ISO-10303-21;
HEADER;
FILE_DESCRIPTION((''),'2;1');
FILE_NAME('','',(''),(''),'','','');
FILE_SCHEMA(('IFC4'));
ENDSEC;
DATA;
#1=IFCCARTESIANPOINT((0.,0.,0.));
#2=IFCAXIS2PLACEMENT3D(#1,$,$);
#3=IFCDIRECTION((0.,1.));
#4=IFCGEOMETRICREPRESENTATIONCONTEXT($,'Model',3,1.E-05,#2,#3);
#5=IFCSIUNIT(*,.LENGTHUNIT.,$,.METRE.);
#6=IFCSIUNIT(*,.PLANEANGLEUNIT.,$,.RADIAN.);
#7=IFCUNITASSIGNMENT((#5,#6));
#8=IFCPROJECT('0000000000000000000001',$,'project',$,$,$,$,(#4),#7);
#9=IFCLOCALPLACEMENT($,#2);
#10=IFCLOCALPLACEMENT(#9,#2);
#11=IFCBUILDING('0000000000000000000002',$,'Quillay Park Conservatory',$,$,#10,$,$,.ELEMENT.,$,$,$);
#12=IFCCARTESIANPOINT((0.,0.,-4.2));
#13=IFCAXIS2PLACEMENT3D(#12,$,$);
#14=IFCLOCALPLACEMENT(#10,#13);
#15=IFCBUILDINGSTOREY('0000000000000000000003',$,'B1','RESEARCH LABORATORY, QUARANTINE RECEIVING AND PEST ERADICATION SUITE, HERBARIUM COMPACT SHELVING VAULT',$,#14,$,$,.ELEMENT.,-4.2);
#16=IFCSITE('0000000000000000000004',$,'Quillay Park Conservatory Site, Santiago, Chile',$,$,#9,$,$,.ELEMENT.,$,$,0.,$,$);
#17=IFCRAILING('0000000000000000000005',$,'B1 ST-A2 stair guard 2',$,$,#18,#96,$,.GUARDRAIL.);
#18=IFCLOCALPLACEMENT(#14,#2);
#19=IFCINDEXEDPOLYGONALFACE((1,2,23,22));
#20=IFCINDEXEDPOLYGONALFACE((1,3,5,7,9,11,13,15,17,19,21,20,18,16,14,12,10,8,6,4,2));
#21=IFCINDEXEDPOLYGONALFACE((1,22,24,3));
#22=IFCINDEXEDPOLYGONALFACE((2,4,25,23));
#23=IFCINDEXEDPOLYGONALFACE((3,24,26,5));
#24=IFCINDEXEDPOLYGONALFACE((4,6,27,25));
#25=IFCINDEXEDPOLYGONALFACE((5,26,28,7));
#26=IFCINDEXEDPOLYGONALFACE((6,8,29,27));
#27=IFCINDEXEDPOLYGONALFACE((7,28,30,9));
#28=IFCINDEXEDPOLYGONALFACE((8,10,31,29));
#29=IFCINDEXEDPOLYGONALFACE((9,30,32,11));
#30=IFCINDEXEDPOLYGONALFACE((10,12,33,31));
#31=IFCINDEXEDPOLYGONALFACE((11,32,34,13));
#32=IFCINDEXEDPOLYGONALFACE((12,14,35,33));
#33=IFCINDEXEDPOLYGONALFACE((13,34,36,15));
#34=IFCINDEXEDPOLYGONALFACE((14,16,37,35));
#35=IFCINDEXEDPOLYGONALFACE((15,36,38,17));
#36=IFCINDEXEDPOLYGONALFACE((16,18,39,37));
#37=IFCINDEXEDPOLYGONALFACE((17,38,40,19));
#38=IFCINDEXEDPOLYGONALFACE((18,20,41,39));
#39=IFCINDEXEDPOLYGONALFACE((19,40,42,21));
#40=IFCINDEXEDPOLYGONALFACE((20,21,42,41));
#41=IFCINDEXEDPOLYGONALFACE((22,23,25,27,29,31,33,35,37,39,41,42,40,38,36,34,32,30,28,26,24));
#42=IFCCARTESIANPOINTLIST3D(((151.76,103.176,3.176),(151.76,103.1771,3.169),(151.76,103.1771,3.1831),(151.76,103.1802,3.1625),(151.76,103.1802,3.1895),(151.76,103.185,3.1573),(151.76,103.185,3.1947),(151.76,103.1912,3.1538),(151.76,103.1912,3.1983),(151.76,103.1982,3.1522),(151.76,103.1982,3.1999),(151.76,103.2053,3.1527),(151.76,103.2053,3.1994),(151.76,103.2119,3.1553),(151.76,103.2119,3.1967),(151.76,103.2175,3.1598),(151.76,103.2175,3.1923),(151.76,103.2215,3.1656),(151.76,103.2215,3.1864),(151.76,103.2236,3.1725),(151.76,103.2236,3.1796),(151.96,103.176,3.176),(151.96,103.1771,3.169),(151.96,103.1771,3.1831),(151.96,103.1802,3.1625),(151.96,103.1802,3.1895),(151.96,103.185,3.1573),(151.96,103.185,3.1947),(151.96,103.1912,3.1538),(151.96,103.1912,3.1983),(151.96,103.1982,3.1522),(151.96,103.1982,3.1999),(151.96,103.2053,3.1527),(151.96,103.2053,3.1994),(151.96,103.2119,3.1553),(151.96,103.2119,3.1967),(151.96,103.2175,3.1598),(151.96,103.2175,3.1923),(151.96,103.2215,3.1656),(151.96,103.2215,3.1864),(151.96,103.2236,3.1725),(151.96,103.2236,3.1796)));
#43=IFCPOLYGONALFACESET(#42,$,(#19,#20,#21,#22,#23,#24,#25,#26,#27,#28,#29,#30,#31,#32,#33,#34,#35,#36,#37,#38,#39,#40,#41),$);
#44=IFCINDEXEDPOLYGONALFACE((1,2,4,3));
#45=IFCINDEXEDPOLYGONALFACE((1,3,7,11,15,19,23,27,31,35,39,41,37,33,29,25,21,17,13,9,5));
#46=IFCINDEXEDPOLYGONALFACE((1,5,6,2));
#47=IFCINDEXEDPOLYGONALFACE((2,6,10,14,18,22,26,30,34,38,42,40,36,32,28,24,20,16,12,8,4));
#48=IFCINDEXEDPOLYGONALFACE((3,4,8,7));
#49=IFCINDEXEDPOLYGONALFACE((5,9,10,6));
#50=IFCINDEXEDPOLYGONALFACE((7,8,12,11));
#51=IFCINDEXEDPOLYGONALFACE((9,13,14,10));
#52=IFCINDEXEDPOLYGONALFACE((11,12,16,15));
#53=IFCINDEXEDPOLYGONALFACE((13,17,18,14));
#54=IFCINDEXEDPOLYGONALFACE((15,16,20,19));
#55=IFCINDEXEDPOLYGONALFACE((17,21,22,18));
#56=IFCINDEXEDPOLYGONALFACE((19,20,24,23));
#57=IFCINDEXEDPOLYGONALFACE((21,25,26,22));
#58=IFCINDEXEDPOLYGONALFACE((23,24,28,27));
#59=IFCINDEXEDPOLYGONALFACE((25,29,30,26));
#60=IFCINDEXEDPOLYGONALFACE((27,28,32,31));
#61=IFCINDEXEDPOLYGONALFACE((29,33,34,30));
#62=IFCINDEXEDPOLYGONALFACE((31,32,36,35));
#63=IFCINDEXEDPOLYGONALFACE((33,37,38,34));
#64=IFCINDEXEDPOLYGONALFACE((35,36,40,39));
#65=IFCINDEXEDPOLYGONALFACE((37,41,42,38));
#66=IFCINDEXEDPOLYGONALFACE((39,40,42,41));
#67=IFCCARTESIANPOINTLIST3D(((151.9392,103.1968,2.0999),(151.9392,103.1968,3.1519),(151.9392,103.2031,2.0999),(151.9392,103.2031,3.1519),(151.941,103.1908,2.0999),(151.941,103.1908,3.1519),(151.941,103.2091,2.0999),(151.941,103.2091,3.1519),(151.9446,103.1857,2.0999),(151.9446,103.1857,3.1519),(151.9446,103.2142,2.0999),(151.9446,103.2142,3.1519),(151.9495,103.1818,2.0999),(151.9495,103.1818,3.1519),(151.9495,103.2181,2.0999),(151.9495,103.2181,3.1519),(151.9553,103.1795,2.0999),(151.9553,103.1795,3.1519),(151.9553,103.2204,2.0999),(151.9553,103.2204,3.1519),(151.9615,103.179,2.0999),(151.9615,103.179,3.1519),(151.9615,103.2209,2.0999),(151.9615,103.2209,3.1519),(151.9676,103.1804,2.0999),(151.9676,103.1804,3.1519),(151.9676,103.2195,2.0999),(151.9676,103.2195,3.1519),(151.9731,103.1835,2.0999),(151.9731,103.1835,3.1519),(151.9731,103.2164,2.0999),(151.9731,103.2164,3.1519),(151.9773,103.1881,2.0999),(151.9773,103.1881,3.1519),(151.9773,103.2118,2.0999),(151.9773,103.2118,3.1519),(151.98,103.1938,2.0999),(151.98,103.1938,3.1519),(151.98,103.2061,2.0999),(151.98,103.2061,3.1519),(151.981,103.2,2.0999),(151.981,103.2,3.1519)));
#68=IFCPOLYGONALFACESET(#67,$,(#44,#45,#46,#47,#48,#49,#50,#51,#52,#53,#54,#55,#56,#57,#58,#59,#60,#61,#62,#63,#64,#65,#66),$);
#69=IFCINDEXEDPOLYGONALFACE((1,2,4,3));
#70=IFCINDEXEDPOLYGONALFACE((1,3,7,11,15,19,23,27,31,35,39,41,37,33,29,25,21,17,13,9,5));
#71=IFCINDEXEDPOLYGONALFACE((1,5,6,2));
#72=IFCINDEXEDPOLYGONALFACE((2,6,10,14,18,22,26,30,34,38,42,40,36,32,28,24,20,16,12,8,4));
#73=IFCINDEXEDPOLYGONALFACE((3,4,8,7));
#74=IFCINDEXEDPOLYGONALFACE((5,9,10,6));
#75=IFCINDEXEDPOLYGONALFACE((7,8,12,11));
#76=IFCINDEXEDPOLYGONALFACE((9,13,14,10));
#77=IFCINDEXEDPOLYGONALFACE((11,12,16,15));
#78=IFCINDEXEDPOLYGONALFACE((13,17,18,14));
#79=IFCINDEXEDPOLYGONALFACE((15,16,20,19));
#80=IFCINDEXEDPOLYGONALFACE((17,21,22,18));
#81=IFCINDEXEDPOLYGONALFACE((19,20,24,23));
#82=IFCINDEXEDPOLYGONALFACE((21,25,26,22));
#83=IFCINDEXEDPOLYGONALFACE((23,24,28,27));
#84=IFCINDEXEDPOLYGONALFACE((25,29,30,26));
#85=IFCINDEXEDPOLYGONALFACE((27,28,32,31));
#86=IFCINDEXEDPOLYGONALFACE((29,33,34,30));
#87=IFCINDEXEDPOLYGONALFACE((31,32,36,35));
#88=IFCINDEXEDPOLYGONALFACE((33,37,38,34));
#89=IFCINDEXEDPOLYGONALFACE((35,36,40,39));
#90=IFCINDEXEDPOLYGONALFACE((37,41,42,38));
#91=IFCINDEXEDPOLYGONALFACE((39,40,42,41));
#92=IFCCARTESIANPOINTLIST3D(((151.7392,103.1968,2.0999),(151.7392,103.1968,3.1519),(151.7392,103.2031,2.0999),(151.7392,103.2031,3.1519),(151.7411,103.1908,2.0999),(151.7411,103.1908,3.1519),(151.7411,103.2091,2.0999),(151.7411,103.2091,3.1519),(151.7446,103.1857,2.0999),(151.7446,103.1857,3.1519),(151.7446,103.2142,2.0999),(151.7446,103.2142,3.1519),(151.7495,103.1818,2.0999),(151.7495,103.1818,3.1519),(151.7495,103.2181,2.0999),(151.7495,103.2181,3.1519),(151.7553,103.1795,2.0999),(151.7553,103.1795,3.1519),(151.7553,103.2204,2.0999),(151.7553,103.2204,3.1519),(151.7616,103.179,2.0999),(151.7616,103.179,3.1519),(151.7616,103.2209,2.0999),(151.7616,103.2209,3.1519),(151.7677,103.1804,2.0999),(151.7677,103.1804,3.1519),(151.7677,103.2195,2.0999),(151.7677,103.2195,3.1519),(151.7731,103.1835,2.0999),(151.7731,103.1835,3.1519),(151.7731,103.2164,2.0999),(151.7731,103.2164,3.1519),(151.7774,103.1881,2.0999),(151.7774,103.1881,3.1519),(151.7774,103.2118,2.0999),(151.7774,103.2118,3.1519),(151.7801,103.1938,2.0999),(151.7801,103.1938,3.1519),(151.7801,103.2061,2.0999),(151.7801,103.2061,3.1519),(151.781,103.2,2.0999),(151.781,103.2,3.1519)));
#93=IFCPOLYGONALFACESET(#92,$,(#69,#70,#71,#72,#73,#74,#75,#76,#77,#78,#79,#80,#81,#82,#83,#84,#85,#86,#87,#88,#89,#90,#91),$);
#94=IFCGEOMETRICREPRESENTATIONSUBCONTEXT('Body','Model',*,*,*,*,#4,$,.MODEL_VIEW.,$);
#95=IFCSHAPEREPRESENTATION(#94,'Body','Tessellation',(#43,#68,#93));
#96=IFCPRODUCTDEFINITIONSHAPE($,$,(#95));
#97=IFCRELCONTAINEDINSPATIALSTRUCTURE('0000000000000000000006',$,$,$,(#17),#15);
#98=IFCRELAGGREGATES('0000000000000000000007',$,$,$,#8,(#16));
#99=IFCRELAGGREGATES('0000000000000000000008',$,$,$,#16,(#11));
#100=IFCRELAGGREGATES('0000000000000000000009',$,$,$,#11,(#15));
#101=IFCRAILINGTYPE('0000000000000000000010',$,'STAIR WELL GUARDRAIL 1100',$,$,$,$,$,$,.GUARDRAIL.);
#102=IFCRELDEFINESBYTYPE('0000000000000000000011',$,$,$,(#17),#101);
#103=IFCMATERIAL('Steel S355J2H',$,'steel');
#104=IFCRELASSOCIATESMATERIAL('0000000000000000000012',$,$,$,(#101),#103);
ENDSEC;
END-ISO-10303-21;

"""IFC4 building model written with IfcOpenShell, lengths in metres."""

from ifc_helpers import new_model, si_unit, direction, frame, origin, origin_2d, place, context, subcontext, project, spatial, circle, extrude, material, type_object, element, save


model = new_model("IFC4")

# Units and contexts
model_context = context("Model", 3, precision=1e-05, world=origin(), true_north=direction((0.0, 1.0)))
body_context = subcontext(model_context, "Body", "Model", "MODEL_VIEW")
ifc_project = project(units=[si_unit("LENGTHUNIT", "METRE"), si_unit("PLANEANGLEUNIT", "RADIAN")], contexts=[model_context])

# Site, building, storey
site_placement = place(None, origin())
site = spatial("IfcSite", under=ifc_project, at=site_placement, Name="Quillay Park Conservatory Site, Santiago, Chile", CompositionType="ELEMENT", RefElevation=0.0)
building_placement = place(site_placement, origin())
building = spatial("IfcBuilding", under=site, at=building_placement, Name="Quillay Park Conservatory", CompositionType="ELEMENT")
storey_placement = place(building_placement, frame((0.0, 0.0, -4.2)))
storey = spatial("IfcBuildingStorey", under=building, at=storey_placement, Name="B1", Description="RESEARCH LABORATORY, QUARANTINE RECEIVING AND PEST ERADICATION SUITE, HERBARIUM COMPACT SHELVING VAULT", CompositionType="ELEMENT", Elevation=-4.2)

# Railing
ifc_material_1 = material(Name="Steel S355J2H", Category="steel")
railing_type_1 = type_object("IfcRailingType", Name="STAIR WELL GUARDRAIL 1100", PredefinedType="GUARDRAIL", material=ifc_material_1)
railing_1_placement = place(storey_placement, frame((151.96, 103.2, 2.0999)))
element("IfcRailing", 1, at=railing_1_placement, inside=storey, type_object=railing_type_1, Name="B1 ST-A2 stair guard 2", PredefinedType="GUARDRAIL", context=body_context, shape_type="SweptSolid", body=[
    extrude(circle(Radius=0.0239, at=origin_2d()), frame((0.0, 0.0, 1.0762), z_axis=(-1.0, 0.0, 0.0), x_axis=(0.0, -1.0, 0.0)), (0.0, 0.0, 1.0), 0.2),
    extrude(circle(Radius=0.021, at=origin_2d()), origin(), (0.0, 0.0, 1.0), 1.052),
    extrude(circle(Radius=0.021, at=origin_2d()), frame((-0.2, 0.0, 0.0)), (0.0, 0.0, 1.0), 1.052),
])

save(model, "model.ifc")
